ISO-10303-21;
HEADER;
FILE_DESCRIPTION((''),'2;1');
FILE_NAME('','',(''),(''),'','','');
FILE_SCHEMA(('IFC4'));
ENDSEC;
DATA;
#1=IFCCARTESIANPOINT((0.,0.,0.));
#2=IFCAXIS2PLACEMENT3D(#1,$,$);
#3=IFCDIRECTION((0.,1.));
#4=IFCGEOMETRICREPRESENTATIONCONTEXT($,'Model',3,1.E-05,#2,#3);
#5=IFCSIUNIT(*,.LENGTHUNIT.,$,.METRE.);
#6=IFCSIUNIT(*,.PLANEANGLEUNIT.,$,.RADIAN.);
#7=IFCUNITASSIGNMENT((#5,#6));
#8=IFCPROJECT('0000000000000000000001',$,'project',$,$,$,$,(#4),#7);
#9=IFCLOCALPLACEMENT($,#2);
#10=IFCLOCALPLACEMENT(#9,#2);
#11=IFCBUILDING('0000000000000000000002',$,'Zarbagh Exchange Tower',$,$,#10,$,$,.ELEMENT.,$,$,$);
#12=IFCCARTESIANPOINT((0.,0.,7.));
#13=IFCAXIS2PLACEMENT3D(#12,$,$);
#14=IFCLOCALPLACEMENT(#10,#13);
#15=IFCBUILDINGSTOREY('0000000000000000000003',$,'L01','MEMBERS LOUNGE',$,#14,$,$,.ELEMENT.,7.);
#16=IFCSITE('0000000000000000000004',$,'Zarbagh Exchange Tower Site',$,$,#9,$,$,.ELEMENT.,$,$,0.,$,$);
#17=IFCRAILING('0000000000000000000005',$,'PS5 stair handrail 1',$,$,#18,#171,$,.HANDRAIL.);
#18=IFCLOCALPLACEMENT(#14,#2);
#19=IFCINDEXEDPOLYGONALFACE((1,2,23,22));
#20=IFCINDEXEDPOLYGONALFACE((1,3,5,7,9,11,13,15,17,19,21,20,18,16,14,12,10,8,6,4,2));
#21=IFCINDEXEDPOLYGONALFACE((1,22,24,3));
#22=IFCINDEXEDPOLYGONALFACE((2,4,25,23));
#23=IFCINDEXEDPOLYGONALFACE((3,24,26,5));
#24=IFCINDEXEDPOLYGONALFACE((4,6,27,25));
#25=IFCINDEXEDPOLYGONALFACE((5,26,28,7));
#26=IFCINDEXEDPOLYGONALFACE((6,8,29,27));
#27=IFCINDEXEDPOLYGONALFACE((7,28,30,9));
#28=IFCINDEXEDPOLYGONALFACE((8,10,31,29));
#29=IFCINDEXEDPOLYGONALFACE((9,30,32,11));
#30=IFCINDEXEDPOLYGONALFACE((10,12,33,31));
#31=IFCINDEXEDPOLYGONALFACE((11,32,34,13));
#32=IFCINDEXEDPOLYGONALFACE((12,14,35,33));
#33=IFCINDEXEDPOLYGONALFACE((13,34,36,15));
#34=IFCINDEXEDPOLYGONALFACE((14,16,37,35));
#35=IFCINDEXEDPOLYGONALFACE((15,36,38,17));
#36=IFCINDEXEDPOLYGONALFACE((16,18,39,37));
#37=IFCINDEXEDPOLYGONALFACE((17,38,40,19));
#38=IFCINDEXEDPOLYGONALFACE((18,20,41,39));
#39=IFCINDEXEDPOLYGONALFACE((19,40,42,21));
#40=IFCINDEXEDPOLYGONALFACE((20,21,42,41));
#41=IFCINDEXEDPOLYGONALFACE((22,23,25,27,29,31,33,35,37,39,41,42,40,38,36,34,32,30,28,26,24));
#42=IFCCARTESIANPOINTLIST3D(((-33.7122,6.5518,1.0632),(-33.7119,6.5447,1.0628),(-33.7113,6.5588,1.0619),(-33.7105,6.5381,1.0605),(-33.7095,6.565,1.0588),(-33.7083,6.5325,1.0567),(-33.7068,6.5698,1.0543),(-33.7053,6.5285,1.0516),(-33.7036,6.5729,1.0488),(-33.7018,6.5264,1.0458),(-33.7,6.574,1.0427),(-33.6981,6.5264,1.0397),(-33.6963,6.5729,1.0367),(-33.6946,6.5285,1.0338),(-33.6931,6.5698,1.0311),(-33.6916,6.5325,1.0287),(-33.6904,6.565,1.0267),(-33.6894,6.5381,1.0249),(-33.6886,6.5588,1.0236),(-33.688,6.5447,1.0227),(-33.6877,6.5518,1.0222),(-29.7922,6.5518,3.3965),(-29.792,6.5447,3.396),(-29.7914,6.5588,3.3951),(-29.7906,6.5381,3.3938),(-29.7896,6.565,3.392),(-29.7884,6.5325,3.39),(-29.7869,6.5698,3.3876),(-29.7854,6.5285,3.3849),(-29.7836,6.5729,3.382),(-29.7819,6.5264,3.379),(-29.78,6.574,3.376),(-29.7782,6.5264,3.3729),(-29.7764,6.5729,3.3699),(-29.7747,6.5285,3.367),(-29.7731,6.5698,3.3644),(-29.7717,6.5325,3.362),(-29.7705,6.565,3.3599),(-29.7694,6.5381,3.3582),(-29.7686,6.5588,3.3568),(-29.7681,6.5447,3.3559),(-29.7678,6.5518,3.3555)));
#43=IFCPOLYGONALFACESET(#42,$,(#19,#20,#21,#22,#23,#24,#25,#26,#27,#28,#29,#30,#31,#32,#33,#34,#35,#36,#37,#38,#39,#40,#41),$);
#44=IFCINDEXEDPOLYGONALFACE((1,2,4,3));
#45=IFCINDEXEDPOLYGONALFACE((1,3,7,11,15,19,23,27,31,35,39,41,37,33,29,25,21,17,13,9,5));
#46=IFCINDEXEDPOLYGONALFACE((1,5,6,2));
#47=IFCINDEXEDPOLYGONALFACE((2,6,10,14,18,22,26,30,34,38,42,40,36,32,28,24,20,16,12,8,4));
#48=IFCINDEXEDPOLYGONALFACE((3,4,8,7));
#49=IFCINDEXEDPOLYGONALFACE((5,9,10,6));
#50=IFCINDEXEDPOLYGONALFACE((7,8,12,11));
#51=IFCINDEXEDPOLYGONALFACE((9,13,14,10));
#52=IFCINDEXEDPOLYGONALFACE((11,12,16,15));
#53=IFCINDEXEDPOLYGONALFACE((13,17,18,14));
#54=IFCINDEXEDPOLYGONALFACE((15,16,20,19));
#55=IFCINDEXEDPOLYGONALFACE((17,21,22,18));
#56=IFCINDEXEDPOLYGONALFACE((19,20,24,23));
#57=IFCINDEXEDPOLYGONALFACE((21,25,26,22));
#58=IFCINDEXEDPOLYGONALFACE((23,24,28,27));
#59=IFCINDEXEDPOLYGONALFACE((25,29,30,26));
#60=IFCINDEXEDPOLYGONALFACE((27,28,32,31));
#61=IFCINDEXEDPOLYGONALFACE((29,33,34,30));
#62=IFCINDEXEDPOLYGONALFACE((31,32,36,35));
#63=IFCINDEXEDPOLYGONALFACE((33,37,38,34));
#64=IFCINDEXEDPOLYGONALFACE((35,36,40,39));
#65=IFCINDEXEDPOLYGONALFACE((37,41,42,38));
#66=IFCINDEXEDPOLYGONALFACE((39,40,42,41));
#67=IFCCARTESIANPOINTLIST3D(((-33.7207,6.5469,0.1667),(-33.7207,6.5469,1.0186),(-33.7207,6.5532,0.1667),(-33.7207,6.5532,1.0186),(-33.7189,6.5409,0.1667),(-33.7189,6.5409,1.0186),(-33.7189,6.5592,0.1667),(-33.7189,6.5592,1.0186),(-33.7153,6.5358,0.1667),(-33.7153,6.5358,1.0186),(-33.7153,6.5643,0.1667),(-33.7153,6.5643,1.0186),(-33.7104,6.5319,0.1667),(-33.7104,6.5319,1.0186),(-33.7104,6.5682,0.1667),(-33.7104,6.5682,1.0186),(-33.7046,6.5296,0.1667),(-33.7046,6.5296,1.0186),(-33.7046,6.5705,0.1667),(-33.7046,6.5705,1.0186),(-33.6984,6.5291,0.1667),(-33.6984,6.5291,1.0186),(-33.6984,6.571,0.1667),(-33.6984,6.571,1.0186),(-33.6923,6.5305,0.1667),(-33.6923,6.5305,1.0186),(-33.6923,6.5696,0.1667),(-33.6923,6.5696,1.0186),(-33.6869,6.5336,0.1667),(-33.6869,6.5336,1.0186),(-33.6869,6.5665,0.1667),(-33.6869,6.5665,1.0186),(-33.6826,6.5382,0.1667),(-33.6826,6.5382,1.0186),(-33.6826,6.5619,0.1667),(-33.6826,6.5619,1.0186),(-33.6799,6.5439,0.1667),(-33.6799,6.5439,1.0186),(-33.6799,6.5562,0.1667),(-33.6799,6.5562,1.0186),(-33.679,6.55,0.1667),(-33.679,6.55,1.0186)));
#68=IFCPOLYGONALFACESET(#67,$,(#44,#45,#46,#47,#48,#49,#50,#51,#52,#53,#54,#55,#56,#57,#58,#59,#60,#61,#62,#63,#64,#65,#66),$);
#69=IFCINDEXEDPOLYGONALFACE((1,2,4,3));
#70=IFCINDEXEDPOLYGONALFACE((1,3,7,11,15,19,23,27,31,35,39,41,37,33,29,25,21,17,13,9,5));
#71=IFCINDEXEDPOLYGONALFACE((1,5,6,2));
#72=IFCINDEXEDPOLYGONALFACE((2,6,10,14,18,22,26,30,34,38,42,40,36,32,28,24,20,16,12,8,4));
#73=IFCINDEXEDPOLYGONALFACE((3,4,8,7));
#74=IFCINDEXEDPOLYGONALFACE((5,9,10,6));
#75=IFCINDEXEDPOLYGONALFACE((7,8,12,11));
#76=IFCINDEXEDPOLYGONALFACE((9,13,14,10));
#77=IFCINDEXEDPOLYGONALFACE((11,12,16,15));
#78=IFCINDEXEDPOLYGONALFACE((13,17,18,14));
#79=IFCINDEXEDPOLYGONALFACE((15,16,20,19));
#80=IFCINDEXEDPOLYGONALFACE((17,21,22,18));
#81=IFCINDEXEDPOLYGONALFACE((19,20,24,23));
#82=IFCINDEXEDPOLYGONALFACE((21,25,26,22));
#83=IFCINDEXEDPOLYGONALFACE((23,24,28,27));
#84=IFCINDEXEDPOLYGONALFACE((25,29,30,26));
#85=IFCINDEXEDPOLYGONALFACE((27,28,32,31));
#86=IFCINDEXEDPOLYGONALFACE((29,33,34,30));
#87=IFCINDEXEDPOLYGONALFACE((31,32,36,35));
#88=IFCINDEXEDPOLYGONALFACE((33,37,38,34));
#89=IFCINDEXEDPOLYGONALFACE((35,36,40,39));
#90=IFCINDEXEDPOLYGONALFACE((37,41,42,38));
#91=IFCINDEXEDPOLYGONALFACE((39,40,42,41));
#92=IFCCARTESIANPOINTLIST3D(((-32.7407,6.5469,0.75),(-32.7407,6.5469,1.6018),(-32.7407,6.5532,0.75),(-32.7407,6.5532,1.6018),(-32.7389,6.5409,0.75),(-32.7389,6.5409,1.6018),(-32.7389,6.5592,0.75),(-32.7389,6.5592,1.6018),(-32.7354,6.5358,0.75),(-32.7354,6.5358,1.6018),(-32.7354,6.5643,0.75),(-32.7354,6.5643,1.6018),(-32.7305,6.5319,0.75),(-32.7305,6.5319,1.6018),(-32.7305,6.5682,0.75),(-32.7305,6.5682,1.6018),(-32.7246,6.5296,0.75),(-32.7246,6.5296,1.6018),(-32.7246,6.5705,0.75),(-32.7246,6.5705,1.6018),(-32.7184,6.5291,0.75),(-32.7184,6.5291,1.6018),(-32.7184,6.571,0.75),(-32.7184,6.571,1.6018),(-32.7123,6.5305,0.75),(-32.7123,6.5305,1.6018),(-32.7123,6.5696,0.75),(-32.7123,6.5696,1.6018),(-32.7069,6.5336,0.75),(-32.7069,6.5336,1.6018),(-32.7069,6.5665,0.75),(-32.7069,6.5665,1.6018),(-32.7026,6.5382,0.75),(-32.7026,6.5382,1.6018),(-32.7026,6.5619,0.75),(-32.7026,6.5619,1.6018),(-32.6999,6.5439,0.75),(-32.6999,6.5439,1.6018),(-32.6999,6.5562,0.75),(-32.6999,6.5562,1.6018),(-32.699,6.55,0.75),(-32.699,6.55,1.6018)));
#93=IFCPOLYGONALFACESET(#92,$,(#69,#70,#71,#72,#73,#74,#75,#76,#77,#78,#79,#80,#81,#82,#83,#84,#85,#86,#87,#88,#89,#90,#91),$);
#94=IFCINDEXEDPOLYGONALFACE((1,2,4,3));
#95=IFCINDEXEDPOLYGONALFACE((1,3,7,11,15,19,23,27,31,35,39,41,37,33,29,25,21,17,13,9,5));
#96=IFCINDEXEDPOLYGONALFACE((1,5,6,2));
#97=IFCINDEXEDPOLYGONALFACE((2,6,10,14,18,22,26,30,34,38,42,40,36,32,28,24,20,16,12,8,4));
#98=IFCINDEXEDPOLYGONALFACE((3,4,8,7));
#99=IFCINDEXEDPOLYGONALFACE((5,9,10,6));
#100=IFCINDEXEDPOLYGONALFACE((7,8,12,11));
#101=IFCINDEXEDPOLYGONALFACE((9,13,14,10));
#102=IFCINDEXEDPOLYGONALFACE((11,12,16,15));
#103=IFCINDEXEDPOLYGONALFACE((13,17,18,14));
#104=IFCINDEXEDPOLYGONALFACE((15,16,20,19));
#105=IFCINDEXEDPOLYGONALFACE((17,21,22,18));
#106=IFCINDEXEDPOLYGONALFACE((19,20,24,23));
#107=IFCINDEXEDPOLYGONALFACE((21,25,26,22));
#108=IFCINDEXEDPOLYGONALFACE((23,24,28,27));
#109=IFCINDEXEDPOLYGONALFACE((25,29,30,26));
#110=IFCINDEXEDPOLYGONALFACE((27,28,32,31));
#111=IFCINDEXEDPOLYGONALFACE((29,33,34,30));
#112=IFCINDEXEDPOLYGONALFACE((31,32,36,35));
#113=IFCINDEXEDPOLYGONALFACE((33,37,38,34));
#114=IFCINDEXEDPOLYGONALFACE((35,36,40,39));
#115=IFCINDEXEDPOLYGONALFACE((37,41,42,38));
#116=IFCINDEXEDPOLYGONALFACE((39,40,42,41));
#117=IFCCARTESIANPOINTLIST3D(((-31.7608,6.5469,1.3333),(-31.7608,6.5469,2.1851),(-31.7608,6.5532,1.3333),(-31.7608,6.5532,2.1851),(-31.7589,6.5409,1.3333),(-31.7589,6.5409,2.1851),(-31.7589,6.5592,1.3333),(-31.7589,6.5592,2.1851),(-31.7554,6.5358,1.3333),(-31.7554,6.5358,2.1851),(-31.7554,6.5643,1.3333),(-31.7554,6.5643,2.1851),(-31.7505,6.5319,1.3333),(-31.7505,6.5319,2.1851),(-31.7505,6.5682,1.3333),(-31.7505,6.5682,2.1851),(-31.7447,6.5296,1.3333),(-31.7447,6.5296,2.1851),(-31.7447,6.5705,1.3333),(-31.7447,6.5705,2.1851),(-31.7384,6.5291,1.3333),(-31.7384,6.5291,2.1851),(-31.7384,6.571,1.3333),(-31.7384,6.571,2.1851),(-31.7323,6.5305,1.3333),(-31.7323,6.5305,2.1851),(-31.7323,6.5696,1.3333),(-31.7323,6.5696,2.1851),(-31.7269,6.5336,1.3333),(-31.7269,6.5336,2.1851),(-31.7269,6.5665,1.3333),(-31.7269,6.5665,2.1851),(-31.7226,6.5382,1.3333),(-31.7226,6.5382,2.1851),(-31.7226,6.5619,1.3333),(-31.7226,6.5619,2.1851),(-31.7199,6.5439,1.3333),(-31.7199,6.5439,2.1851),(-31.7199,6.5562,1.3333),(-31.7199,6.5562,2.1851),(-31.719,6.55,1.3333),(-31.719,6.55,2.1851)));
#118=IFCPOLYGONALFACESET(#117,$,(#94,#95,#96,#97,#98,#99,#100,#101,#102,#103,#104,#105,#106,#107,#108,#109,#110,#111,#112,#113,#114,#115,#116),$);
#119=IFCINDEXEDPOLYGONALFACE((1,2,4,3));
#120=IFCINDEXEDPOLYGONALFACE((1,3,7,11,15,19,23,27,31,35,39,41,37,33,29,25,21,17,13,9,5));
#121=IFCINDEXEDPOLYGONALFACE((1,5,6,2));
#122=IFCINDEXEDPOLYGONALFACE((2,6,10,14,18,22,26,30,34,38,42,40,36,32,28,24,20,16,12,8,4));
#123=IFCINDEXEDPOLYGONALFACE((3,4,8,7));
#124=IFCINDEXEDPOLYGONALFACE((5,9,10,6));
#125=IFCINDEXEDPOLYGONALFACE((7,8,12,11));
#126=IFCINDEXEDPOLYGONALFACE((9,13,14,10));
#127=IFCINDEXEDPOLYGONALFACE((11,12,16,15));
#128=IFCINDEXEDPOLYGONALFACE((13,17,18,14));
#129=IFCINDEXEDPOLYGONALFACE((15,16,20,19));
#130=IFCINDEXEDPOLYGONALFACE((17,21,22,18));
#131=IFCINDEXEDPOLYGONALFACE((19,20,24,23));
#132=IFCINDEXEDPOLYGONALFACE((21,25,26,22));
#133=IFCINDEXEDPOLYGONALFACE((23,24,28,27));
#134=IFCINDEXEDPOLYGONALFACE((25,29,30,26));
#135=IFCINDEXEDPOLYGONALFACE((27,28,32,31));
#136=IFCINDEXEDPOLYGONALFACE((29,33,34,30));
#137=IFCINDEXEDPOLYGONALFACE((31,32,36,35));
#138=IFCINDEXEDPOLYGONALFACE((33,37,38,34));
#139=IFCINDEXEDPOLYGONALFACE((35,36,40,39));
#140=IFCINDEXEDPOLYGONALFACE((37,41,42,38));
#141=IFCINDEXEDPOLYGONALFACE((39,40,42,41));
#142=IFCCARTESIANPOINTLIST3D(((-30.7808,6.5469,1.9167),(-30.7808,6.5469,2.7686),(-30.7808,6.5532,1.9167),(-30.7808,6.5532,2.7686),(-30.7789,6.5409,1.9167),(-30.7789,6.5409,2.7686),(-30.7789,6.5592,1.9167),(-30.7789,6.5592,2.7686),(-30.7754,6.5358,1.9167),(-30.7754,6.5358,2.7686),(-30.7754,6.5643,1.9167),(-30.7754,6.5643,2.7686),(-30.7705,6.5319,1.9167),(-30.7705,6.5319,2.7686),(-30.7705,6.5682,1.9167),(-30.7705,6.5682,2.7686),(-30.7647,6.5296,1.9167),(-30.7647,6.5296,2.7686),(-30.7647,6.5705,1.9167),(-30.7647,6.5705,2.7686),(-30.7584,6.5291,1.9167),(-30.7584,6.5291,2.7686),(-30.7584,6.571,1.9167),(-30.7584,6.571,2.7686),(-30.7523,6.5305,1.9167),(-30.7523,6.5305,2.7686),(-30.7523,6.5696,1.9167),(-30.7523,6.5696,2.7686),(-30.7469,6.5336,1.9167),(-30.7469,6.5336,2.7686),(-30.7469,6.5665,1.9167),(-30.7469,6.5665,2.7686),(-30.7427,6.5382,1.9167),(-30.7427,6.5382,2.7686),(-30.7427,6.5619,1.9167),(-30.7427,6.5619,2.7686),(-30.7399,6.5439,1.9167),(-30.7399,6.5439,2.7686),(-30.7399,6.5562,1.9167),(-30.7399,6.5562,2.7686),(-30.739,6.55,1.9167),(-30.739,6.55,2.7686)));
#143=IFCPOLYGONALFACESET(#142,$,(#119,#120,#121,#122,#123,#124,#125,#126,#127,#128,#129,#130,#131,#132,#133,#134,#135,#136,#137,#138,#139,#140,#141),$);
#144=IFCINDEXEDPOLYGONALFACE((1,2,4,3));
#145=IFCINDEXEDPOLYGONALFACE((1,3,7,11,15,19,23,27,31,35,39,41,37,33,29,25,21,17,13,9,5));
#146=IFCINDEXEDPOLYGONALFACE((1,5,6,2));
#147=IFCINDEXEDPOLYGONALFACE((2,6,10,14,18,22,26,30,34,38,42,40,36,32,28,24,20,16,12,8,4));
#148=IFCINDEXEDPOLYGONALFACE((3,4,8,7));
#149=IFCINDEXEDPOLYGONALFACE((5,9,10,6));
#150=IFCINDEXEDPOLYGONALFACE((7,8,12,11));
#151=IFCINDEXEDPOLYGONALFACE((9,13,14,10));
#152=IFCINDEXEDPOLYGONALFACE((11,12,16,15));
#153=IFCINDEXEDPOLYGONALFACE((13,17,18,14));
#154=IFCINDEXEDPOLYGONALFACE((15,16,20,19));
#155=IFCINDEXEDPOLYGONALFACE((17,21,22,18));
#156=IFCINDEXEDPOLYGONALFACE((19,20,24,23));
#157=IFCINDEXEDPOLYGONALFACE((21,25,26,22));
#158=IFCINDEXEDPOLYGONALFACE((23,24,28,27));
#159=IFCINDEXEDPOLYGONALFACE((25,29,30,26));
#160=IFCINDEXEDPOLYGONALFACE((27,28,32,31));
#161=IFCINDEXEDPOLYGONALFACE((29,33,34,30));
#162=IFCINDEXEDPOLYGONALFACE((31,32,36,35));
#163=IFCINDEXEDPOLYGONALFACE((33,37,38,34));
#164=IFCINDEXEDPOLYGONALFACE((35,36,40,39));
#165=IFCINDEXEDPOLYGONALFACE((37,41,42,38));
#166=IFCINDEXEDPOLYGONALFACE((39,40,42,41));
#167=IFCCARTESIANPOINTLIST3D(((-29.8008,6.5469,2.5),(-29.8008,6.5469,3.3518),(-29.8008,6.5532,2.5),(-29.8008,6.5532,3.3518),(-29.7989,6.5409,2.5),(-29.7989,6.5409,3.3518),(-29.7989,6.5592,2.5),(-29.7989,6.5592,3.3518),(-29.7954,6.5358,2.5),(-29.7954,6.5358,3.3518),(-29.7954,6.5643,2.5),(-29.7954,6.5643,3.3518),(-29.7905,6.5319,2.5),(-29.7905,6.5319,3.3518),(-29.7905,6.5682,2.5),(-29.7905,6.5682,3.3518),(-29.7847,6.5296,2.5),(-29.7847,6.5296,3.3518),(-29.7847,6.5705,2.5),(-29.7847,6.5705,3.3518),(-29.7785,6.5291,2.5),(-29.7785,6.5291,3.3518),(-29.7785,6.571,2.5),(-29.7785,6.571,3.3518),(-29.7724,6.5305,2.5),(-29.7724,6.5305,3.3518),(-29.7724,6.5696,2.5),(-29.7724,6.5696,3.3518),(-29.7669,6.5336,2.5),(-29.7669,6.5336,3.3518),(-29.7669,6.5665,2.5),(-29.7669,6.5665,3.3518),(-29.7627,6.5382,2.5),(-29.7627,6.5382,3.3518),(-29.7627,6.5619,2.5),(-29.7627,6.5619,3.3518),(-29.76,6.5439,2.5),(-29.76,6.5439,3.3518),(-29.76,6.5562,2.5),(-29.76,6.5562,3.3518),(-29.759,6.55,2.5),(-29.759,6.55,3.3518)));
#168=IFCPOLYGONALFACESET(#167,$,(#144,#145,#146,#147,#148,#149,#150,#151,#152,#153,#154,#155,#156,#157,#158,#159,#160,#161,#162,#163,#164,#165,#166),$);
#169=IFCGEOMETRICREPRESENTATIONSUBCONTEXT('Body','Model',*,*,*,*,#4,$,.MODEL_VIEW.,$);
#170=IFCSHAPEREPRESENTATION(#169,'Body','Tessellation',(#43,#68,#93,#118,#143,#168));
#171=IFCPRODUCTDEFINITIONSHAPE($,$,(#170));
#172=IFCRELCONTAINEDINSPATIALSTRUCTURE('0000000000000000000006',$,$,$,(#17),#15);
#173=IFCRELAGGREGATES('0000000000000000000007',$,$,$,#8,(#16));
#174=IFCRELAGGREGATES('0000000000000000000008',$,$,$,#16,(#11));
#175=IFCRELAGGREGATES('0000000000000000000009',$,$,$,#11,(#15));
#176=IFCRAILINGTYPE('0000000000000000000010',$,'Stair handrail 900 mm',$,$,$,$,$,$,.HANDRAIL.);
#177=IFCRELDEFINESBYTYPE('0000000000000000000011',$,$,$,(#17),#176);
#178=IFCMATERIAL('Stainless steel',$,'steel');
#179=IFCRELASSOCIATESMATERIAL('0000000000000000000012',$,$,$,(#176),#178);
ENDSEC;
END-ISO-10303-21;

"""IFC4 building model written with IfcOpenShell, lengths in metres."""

from ifc_helpers import new_model, si_unit, direction, frame, origin, origin_2d, place, context, subcontext, project, spatial, circle, extrude, material, type_object, element, save


model = new_model("IFC4")

# Units and contexts
model_context = context("Model", 3, precision=1e-05, world=origin(), true_north=direction((0.0, 1.0)))
body_context = subcontext(model_context, "Body", "Model", "MODEL_VIEW")
ifc_project = project(units=[si_unit("LENGTHUNIT", "METRE"), si_unit("PLANEANGLEUNIT", "RADIAN")], contexts=[model_context])

# Site, building, storey
site_placement = place(None, origin())
site = spatial("IfcSite", under=ifc_project, at=site_placement, Name="Zarbagh Exchange Tower Site", CompositionType="ELEMENT", RefElevation=0.0)
building_placement = place(site_placement, origin())
building = spatial("IfcBuilding", under=site, at=building_placement, Name="Zarbagh Exchange Tower", CompositionType="ELEMENT")
storey_placement = place(building_placement, frame((0.0, 0.0, 7.0)))
storey = spatial("IfcBuildingStorey", under=building, at=storey_placement, Name="L01", Description="MEMBERS LOUNGE", CompositionType="ELEMENT", Elevation=7.0)

# Railing
ifc_material_1 = material(Name="Stainless steel", Category="steel")
railing_type_1 = type_object("IfcRailingType", Name="Stair handrail 900 mm", PredefinedType="HANDRAIL", material=ifc_material_1)
railing_1_placement = place(storey_placement, frame((-33.7, 6.55, 0.1667)))
element("IfcRailing", 1, at=railing_1_placement, inside=storey, type_object=railing_type_1, Name="PS5 stair handrail 1", PredefinedType="HANDRAIL", context=body_context, shape_type="SweptSolid", body=[
    extrude(circle(Radius=0.0239, at=origin_2d()), frame((0.0, 0.0, 0.876), z_axis=(0.859296, 0.0, 0.511478), x_axis=(0.0, 1.0, 0.0)), (0.0, 0.0, 1.0), 4.5618),
    extrude(circle(Radius=0.021, at=origin_2d()), origin(), (0.0, 0.0, 1.0), 0.8518),
    extrude(circle(Radius=0.021, at=origin_2d()), frame((0.98, 0.0, 0.5833)), (0.0, 0.0, 1.0), 0.8518),
    extrude(circle(Radius=0.021, at=origin_2d()), frame((1.96, 0.0, 1.1665)), (0.0, 0.0, 1.0), 0.8518),
    extrude(circle(Radius=0.021, at=origin_2d()), frame((2.9399, 0.0, 1.75)), (0.0, 0.0, 1.0), 0.8518),
    extrude(circle(Radius=0.021, at=origin_2d()), frame((3.9199, 0.0, 2.3333)), (0.0, 0.0, 1.0), 0.8518),
])

save(model, "model.ifc")
